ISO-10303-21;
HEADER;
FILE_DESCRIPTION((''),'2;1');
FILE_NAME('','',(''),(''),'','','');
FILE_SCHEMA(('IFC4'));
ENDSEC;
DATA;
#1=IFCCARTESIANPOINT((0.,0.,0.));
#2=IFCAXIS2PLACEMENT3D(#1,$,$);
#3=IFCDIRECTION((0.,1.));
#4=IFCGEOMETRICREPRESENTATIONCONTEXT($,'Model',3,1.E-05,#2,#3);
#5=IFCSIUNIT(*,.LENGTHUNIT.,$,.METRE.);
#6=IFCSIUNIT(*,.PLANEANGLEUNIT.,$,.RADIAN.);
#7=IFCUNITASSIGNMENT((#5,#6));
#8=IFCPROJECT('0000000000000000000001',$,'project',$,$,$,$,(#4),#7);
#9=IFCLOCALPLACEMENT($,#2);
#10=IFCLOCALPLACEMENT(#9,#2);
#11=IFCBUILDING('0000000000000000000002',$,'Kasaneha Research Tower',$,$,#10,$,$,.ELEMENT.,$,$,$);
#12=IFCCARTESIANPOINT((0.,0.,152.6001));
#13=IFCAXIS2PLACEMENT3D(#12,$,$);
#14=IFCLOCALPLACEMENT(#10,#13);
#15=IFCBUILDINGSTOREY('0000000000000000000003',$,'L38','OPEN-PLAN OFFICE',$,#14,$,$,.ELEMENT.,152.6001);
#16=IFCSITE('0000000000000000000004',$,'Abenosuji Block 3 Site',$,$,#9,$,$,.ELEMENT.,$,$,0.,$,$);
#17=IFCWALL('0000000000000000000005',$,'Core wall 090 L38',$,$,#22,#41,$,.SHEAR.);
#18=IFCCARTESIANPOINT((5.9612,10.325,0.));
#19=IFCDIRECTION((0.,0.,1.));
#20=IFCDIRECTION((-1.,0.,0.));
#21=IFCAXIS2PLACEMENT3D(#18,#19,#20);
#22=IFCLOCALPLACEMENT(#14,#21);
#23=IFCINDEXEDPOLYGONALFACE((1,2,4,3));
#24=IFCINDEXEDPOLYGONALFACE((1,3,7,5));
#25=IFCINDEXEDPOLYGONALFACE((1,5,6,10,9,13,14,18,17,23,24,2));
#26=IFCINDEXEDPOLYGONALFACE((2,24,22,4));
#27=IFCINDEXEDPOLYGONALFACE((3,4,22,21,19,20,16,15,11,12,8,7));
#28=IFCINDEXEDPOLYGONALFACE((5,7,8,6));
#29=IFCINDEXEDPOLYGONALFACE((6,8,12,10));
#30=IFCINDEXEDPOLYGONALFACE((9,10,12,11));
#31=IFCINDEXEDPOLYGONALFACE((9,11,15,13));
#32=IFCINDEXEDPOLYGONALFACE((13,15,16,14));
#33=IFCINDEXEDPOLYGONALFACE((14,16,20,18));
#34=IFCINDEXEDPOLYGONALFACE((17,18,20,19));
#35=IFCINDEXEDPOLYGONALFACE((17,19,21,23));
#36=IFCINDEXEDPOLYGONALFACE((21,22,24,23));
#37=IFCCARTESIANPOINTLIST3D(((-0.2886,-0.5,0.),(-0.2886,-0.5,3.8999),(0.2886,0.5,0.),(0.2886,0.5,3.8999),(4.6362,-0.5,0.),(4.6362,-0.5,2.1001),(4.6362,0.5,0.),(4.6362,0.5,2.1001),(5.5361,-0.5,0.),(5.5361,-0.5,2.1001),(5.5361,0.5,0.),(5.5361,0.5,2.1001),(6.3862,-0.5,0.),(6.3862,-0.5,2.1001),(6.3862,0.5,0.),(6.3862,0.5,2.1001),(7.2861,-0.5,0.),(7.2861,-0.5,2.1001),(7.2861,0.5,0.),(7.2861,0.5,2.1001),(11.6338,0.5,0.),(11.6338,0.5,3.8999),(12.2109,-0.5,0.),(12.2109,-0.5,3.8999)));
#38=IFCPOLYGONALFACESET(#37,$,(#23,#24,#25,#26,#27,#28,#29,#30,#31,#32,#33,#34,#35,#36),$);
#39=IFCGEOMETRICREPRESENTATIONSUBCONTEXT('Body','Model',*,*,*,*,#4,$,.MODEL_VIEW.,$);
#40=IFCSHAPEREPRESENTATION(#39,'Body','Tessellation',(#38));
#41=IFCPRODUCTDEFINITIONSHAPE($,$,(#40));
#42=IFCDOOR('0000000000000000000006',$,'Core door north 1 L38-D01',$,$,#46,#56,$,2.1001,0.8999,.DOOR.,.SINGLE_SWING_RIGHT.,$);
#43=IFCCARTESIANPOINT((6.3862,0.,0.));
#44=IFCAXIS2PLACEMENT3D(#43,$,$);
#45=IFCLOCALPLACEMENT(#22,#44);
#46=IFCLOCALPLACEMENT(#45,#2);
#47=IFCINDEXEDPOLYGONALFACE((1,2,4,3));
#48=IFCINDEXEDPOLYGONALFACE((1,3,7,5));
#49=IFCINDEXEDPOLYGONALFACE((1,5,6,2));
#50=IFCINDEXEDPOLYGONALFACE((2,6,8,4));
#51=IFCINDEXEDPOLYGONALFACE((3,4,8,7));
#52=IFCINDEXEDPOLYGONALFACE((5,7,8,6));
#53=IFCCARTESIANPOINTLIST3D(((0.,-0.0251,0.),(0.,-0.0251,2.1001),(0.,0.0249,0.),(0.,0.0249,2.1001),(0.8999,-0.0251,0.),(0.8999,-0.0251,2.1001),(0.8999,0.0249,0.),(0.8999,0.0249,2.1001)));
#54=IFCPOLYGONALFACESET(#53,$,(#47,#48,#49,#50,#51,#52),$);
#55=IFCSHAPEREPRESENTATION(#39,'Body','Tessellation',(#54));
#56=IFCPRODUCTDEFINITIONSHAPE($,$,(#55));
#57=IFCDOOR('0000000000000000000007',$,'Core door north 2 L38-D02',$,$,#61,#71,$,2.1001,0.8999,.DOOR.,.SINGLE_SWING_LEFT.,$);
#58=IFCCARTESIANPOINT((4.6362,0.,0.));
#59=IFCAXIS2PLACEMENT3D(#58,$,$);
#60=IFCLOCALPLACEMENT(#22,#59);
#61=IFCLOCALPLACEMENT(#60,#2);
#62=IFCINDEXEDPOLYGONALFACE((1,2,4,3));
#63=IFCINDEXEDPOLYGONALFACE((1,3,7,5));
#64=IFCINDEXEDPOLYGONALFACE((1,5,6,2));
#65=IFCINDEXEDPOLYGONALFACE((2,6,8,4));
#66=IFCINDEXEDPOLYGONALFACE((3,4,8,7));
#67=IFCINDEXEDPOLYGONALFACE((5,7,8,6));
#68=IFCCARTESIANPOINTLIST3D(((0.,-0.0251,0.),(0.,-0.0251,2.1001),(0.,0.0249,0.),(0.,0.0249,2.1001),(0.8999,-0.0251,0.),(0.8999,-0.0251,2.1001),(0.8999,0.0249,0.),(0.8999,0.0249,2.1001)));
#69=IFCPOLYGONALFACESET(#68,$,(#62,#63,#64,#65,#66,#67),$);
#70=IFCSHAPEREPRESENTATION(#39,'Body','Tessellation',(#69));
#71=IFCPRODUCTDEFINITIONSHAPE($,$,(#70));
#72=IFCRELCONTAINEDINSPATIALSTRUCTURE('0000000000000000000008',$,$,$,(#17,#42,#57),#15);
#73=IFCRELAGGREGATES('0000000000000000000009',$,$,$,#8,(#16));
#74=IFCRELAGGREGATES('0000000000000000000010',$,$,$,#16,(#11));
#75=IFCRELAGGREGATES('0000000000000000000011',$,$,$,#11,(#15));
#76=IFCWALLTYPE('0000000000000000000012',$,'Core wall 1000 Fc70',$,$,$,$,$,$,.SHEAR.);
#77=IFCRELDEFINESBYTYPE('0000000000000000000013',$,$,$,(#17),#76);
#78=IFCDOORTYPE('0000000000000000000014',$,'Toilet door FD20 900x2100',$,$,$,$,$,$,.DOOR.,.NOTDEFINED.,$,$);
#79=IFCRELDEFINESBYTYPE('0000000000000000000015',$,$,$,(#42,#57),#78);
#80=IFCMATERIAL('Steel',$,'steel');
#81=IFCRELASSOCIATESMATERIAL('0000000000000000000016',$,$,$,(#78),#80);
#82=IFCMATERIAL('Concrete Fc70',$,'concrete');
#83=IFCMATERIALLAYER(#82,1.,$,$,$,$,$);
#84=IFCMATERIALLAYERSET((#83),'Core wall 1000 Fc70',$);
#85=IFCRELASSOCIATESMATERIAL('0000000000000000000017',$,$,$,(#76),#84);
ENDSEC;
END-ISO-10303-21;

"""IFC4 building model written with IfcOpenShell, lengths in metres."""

from ifc_helpers import new_model, si_unit, direction, frame, frame_2d, origin, place, context, subcontext, project, spatial, polyline, rectangle, outline, extrude, material, layer, layer_set, type_object, element, fill, save


model = new_model("IFC4")

# Units and contexts
model_context = context("Model", 3, precision=1e-05, world=origin(), true_north=direction((0.0, 1.0)))
body_context = subcontext(model_context, "Body", "Model", "MODEL_VIEW")
ifc_project = project(units=[si_unit("LENGTHUNIT", "METRE"), si_unit("PLANEANGLEUNIT", "RADIAN")], contexts=[model_context])

# Site, building, storey
site_placement = place(None, origin())
site = spatial("IfcSite", under=ifc_project, at=site_placement, Name="Abenosuji Block 3 Site", CompositionType="ELEMENT", RefElevation=0.0)
building_placement = place(site_placement, origin())
building = spatial("IfcBuilding", under=site, at=building_placement, Name="Kasaneha Research Tower", CompositionType="ELEMENT")
storey_placement = place(building_placement, frame((0.0, 0.0, 152.6001)))
storey = spatial("IfcBuildingStorey", under=building, at=storey_placement, Name="L38", Description="OPEN-PLAN OFFICE", CompositionType="ELEMENT", Elevation=152.6001)

# Shared definitions
ifc_material_1 = material(Name="Steel", Category="steel")
door_type_1 = type_object("IfcDoorType", Name="Toilet door FD20 900x2100", OperationType="NOTDEFINED", PredefinedType="DOOR", material=ifc_material_1)

# Wall, openings, doors
ifc_material_2 = material(Name="Concrete Fc70", Category="concrete")
ifc_layer_1 = layer(ifc_material_2, 1.0)
ifc_layer_set_1 = layer_set([ifc_layer_1], Name="Core wall 1000 Fc70")
wall_type_1 = type_object("IfcWallType", Name="Core wall 1000 Fc70", PredefinedType="SHEAR", material=ifc_layer_set_1)
wall_1_placement = place(storey_placement, frame((5.9612, 10.325, 0.0), z_axis=(0.0, 0.0, 1.0), x_axis=(-1.0, 0.0, 0.0)))
wall_1 = element("IfcWall", 1, at=wall_1_placement, inside=storey, type_object=wall_type_1, Name="Core wall 090 L38", PredefinedType="SHEAR", context=body_context, shape_type="SweptSolid", body=[
    extrude(outline(polyline([(-0.2886, -0.5), (4.6362, -0.5), (5.5361, -0.5), (6.3862, -0.5), (7.2861, -0.5), (12.2109, -0.5), (11.6338, 0.5), (7.2861, 0.5), (6.3862, 0.5), (5.5361, 0.5), (4.6362, 0.5), (0.2886, 0.5), (-0.2886, -0.5)])), origin(), (0.0, 0.0, 1.0), 3.8999),
])
opening_1_placement = place(wall_1_placement, frame((6.3862, 0.0, 0.0)))
opening_1 = element("IfcOpeningElement", 2, at=opening_1_placement, cuts=wall_1, PredefinedType="OPENING", context=body_context, shape_type="SweptSolid", body=[
    extrude(rectangle(XDim=0.8999, YDim=2.1001, at=frame_2d((0.45, 1.05))), frame((0.0, 0.51, 0.0), z_axis=(0.0, -1.0, 0.0), x_axis=(1.0, 0.0, 0.0)), (0.0, 0.0, 1.0), 1.02),
])
opening_2_placement = place(wall_1_placement, frame((4.6362, 0.0, 0.0)))
opening_2 = element("IfcOpeningElement", 3, at=opening_2_placement, cuts=wall_1, PredefinedType="OPENING", context=body_context, shape_type="SweptSolid", body=[
    extrude(rectangle(XDim=0.8999, YDim=2.1001, at=frame_2d((0.45, 1.05))), frame((0.0, 0.51, 0.0), z_axis=(0.0, -1.0, 0.0), x_axis=(1.0, 0.0, 0.0)), (0.0, 0.0, 1.0), 1.02),
])
door_1_placement = place(opening_1_placement, origin())
door_1 = element("IfcDoor", 4, at=door_1_placement, inside=storey, type_object=door_type_1, Name="Core door north 1 L38-D01", OperationType="SINGLE_SWING_RIGHT", OverallHeight=2.1001, OverallWidth=0.8999, PredefinedType="DOOR", context=body_context, shape_type="SweptSolid", body=[
    extrude(rectangle(XDim=0.8999, YDim=2.1001, at=frame_2d((0.45, 1.05))), frame((0.0, 0.0249, 0.0), z_axis=(0.0, -1.0, 0.0), x_axis=(1.0, 0.0, 0.0)), (0.0, 0.0, 1.0), 0.05),
])
fill(opening_1, door_1)
door_2_placement = place(opening_2_placement, origin())
door_2 = element("IfcDoor", 5, at=door_2_placement, inside=storey, type_object=door_type_1, Name="Core door north 2 L38-D02", OperationType="SINGLE_SWING_LEFT", OverallHeight=2.1001, OverallWidth=0.8999, PredefinedType="DOOR", context=body_context, shape_type="SweptSolid", body=[
    extrude(rectangle(XDim=0.8999, YDim=2.1001, at=frame_2d((0.45, 1.05))), frame((0.0, 0.0249, 0.0), z_axis=(0.0, -1.0, 0.0), x_axis=(1.0, 0.0, 0.0)), (0.0, 0.0, 1.0), 0.05),
])
fill(opening_2, door_2)

save(model, "model.ifc")
